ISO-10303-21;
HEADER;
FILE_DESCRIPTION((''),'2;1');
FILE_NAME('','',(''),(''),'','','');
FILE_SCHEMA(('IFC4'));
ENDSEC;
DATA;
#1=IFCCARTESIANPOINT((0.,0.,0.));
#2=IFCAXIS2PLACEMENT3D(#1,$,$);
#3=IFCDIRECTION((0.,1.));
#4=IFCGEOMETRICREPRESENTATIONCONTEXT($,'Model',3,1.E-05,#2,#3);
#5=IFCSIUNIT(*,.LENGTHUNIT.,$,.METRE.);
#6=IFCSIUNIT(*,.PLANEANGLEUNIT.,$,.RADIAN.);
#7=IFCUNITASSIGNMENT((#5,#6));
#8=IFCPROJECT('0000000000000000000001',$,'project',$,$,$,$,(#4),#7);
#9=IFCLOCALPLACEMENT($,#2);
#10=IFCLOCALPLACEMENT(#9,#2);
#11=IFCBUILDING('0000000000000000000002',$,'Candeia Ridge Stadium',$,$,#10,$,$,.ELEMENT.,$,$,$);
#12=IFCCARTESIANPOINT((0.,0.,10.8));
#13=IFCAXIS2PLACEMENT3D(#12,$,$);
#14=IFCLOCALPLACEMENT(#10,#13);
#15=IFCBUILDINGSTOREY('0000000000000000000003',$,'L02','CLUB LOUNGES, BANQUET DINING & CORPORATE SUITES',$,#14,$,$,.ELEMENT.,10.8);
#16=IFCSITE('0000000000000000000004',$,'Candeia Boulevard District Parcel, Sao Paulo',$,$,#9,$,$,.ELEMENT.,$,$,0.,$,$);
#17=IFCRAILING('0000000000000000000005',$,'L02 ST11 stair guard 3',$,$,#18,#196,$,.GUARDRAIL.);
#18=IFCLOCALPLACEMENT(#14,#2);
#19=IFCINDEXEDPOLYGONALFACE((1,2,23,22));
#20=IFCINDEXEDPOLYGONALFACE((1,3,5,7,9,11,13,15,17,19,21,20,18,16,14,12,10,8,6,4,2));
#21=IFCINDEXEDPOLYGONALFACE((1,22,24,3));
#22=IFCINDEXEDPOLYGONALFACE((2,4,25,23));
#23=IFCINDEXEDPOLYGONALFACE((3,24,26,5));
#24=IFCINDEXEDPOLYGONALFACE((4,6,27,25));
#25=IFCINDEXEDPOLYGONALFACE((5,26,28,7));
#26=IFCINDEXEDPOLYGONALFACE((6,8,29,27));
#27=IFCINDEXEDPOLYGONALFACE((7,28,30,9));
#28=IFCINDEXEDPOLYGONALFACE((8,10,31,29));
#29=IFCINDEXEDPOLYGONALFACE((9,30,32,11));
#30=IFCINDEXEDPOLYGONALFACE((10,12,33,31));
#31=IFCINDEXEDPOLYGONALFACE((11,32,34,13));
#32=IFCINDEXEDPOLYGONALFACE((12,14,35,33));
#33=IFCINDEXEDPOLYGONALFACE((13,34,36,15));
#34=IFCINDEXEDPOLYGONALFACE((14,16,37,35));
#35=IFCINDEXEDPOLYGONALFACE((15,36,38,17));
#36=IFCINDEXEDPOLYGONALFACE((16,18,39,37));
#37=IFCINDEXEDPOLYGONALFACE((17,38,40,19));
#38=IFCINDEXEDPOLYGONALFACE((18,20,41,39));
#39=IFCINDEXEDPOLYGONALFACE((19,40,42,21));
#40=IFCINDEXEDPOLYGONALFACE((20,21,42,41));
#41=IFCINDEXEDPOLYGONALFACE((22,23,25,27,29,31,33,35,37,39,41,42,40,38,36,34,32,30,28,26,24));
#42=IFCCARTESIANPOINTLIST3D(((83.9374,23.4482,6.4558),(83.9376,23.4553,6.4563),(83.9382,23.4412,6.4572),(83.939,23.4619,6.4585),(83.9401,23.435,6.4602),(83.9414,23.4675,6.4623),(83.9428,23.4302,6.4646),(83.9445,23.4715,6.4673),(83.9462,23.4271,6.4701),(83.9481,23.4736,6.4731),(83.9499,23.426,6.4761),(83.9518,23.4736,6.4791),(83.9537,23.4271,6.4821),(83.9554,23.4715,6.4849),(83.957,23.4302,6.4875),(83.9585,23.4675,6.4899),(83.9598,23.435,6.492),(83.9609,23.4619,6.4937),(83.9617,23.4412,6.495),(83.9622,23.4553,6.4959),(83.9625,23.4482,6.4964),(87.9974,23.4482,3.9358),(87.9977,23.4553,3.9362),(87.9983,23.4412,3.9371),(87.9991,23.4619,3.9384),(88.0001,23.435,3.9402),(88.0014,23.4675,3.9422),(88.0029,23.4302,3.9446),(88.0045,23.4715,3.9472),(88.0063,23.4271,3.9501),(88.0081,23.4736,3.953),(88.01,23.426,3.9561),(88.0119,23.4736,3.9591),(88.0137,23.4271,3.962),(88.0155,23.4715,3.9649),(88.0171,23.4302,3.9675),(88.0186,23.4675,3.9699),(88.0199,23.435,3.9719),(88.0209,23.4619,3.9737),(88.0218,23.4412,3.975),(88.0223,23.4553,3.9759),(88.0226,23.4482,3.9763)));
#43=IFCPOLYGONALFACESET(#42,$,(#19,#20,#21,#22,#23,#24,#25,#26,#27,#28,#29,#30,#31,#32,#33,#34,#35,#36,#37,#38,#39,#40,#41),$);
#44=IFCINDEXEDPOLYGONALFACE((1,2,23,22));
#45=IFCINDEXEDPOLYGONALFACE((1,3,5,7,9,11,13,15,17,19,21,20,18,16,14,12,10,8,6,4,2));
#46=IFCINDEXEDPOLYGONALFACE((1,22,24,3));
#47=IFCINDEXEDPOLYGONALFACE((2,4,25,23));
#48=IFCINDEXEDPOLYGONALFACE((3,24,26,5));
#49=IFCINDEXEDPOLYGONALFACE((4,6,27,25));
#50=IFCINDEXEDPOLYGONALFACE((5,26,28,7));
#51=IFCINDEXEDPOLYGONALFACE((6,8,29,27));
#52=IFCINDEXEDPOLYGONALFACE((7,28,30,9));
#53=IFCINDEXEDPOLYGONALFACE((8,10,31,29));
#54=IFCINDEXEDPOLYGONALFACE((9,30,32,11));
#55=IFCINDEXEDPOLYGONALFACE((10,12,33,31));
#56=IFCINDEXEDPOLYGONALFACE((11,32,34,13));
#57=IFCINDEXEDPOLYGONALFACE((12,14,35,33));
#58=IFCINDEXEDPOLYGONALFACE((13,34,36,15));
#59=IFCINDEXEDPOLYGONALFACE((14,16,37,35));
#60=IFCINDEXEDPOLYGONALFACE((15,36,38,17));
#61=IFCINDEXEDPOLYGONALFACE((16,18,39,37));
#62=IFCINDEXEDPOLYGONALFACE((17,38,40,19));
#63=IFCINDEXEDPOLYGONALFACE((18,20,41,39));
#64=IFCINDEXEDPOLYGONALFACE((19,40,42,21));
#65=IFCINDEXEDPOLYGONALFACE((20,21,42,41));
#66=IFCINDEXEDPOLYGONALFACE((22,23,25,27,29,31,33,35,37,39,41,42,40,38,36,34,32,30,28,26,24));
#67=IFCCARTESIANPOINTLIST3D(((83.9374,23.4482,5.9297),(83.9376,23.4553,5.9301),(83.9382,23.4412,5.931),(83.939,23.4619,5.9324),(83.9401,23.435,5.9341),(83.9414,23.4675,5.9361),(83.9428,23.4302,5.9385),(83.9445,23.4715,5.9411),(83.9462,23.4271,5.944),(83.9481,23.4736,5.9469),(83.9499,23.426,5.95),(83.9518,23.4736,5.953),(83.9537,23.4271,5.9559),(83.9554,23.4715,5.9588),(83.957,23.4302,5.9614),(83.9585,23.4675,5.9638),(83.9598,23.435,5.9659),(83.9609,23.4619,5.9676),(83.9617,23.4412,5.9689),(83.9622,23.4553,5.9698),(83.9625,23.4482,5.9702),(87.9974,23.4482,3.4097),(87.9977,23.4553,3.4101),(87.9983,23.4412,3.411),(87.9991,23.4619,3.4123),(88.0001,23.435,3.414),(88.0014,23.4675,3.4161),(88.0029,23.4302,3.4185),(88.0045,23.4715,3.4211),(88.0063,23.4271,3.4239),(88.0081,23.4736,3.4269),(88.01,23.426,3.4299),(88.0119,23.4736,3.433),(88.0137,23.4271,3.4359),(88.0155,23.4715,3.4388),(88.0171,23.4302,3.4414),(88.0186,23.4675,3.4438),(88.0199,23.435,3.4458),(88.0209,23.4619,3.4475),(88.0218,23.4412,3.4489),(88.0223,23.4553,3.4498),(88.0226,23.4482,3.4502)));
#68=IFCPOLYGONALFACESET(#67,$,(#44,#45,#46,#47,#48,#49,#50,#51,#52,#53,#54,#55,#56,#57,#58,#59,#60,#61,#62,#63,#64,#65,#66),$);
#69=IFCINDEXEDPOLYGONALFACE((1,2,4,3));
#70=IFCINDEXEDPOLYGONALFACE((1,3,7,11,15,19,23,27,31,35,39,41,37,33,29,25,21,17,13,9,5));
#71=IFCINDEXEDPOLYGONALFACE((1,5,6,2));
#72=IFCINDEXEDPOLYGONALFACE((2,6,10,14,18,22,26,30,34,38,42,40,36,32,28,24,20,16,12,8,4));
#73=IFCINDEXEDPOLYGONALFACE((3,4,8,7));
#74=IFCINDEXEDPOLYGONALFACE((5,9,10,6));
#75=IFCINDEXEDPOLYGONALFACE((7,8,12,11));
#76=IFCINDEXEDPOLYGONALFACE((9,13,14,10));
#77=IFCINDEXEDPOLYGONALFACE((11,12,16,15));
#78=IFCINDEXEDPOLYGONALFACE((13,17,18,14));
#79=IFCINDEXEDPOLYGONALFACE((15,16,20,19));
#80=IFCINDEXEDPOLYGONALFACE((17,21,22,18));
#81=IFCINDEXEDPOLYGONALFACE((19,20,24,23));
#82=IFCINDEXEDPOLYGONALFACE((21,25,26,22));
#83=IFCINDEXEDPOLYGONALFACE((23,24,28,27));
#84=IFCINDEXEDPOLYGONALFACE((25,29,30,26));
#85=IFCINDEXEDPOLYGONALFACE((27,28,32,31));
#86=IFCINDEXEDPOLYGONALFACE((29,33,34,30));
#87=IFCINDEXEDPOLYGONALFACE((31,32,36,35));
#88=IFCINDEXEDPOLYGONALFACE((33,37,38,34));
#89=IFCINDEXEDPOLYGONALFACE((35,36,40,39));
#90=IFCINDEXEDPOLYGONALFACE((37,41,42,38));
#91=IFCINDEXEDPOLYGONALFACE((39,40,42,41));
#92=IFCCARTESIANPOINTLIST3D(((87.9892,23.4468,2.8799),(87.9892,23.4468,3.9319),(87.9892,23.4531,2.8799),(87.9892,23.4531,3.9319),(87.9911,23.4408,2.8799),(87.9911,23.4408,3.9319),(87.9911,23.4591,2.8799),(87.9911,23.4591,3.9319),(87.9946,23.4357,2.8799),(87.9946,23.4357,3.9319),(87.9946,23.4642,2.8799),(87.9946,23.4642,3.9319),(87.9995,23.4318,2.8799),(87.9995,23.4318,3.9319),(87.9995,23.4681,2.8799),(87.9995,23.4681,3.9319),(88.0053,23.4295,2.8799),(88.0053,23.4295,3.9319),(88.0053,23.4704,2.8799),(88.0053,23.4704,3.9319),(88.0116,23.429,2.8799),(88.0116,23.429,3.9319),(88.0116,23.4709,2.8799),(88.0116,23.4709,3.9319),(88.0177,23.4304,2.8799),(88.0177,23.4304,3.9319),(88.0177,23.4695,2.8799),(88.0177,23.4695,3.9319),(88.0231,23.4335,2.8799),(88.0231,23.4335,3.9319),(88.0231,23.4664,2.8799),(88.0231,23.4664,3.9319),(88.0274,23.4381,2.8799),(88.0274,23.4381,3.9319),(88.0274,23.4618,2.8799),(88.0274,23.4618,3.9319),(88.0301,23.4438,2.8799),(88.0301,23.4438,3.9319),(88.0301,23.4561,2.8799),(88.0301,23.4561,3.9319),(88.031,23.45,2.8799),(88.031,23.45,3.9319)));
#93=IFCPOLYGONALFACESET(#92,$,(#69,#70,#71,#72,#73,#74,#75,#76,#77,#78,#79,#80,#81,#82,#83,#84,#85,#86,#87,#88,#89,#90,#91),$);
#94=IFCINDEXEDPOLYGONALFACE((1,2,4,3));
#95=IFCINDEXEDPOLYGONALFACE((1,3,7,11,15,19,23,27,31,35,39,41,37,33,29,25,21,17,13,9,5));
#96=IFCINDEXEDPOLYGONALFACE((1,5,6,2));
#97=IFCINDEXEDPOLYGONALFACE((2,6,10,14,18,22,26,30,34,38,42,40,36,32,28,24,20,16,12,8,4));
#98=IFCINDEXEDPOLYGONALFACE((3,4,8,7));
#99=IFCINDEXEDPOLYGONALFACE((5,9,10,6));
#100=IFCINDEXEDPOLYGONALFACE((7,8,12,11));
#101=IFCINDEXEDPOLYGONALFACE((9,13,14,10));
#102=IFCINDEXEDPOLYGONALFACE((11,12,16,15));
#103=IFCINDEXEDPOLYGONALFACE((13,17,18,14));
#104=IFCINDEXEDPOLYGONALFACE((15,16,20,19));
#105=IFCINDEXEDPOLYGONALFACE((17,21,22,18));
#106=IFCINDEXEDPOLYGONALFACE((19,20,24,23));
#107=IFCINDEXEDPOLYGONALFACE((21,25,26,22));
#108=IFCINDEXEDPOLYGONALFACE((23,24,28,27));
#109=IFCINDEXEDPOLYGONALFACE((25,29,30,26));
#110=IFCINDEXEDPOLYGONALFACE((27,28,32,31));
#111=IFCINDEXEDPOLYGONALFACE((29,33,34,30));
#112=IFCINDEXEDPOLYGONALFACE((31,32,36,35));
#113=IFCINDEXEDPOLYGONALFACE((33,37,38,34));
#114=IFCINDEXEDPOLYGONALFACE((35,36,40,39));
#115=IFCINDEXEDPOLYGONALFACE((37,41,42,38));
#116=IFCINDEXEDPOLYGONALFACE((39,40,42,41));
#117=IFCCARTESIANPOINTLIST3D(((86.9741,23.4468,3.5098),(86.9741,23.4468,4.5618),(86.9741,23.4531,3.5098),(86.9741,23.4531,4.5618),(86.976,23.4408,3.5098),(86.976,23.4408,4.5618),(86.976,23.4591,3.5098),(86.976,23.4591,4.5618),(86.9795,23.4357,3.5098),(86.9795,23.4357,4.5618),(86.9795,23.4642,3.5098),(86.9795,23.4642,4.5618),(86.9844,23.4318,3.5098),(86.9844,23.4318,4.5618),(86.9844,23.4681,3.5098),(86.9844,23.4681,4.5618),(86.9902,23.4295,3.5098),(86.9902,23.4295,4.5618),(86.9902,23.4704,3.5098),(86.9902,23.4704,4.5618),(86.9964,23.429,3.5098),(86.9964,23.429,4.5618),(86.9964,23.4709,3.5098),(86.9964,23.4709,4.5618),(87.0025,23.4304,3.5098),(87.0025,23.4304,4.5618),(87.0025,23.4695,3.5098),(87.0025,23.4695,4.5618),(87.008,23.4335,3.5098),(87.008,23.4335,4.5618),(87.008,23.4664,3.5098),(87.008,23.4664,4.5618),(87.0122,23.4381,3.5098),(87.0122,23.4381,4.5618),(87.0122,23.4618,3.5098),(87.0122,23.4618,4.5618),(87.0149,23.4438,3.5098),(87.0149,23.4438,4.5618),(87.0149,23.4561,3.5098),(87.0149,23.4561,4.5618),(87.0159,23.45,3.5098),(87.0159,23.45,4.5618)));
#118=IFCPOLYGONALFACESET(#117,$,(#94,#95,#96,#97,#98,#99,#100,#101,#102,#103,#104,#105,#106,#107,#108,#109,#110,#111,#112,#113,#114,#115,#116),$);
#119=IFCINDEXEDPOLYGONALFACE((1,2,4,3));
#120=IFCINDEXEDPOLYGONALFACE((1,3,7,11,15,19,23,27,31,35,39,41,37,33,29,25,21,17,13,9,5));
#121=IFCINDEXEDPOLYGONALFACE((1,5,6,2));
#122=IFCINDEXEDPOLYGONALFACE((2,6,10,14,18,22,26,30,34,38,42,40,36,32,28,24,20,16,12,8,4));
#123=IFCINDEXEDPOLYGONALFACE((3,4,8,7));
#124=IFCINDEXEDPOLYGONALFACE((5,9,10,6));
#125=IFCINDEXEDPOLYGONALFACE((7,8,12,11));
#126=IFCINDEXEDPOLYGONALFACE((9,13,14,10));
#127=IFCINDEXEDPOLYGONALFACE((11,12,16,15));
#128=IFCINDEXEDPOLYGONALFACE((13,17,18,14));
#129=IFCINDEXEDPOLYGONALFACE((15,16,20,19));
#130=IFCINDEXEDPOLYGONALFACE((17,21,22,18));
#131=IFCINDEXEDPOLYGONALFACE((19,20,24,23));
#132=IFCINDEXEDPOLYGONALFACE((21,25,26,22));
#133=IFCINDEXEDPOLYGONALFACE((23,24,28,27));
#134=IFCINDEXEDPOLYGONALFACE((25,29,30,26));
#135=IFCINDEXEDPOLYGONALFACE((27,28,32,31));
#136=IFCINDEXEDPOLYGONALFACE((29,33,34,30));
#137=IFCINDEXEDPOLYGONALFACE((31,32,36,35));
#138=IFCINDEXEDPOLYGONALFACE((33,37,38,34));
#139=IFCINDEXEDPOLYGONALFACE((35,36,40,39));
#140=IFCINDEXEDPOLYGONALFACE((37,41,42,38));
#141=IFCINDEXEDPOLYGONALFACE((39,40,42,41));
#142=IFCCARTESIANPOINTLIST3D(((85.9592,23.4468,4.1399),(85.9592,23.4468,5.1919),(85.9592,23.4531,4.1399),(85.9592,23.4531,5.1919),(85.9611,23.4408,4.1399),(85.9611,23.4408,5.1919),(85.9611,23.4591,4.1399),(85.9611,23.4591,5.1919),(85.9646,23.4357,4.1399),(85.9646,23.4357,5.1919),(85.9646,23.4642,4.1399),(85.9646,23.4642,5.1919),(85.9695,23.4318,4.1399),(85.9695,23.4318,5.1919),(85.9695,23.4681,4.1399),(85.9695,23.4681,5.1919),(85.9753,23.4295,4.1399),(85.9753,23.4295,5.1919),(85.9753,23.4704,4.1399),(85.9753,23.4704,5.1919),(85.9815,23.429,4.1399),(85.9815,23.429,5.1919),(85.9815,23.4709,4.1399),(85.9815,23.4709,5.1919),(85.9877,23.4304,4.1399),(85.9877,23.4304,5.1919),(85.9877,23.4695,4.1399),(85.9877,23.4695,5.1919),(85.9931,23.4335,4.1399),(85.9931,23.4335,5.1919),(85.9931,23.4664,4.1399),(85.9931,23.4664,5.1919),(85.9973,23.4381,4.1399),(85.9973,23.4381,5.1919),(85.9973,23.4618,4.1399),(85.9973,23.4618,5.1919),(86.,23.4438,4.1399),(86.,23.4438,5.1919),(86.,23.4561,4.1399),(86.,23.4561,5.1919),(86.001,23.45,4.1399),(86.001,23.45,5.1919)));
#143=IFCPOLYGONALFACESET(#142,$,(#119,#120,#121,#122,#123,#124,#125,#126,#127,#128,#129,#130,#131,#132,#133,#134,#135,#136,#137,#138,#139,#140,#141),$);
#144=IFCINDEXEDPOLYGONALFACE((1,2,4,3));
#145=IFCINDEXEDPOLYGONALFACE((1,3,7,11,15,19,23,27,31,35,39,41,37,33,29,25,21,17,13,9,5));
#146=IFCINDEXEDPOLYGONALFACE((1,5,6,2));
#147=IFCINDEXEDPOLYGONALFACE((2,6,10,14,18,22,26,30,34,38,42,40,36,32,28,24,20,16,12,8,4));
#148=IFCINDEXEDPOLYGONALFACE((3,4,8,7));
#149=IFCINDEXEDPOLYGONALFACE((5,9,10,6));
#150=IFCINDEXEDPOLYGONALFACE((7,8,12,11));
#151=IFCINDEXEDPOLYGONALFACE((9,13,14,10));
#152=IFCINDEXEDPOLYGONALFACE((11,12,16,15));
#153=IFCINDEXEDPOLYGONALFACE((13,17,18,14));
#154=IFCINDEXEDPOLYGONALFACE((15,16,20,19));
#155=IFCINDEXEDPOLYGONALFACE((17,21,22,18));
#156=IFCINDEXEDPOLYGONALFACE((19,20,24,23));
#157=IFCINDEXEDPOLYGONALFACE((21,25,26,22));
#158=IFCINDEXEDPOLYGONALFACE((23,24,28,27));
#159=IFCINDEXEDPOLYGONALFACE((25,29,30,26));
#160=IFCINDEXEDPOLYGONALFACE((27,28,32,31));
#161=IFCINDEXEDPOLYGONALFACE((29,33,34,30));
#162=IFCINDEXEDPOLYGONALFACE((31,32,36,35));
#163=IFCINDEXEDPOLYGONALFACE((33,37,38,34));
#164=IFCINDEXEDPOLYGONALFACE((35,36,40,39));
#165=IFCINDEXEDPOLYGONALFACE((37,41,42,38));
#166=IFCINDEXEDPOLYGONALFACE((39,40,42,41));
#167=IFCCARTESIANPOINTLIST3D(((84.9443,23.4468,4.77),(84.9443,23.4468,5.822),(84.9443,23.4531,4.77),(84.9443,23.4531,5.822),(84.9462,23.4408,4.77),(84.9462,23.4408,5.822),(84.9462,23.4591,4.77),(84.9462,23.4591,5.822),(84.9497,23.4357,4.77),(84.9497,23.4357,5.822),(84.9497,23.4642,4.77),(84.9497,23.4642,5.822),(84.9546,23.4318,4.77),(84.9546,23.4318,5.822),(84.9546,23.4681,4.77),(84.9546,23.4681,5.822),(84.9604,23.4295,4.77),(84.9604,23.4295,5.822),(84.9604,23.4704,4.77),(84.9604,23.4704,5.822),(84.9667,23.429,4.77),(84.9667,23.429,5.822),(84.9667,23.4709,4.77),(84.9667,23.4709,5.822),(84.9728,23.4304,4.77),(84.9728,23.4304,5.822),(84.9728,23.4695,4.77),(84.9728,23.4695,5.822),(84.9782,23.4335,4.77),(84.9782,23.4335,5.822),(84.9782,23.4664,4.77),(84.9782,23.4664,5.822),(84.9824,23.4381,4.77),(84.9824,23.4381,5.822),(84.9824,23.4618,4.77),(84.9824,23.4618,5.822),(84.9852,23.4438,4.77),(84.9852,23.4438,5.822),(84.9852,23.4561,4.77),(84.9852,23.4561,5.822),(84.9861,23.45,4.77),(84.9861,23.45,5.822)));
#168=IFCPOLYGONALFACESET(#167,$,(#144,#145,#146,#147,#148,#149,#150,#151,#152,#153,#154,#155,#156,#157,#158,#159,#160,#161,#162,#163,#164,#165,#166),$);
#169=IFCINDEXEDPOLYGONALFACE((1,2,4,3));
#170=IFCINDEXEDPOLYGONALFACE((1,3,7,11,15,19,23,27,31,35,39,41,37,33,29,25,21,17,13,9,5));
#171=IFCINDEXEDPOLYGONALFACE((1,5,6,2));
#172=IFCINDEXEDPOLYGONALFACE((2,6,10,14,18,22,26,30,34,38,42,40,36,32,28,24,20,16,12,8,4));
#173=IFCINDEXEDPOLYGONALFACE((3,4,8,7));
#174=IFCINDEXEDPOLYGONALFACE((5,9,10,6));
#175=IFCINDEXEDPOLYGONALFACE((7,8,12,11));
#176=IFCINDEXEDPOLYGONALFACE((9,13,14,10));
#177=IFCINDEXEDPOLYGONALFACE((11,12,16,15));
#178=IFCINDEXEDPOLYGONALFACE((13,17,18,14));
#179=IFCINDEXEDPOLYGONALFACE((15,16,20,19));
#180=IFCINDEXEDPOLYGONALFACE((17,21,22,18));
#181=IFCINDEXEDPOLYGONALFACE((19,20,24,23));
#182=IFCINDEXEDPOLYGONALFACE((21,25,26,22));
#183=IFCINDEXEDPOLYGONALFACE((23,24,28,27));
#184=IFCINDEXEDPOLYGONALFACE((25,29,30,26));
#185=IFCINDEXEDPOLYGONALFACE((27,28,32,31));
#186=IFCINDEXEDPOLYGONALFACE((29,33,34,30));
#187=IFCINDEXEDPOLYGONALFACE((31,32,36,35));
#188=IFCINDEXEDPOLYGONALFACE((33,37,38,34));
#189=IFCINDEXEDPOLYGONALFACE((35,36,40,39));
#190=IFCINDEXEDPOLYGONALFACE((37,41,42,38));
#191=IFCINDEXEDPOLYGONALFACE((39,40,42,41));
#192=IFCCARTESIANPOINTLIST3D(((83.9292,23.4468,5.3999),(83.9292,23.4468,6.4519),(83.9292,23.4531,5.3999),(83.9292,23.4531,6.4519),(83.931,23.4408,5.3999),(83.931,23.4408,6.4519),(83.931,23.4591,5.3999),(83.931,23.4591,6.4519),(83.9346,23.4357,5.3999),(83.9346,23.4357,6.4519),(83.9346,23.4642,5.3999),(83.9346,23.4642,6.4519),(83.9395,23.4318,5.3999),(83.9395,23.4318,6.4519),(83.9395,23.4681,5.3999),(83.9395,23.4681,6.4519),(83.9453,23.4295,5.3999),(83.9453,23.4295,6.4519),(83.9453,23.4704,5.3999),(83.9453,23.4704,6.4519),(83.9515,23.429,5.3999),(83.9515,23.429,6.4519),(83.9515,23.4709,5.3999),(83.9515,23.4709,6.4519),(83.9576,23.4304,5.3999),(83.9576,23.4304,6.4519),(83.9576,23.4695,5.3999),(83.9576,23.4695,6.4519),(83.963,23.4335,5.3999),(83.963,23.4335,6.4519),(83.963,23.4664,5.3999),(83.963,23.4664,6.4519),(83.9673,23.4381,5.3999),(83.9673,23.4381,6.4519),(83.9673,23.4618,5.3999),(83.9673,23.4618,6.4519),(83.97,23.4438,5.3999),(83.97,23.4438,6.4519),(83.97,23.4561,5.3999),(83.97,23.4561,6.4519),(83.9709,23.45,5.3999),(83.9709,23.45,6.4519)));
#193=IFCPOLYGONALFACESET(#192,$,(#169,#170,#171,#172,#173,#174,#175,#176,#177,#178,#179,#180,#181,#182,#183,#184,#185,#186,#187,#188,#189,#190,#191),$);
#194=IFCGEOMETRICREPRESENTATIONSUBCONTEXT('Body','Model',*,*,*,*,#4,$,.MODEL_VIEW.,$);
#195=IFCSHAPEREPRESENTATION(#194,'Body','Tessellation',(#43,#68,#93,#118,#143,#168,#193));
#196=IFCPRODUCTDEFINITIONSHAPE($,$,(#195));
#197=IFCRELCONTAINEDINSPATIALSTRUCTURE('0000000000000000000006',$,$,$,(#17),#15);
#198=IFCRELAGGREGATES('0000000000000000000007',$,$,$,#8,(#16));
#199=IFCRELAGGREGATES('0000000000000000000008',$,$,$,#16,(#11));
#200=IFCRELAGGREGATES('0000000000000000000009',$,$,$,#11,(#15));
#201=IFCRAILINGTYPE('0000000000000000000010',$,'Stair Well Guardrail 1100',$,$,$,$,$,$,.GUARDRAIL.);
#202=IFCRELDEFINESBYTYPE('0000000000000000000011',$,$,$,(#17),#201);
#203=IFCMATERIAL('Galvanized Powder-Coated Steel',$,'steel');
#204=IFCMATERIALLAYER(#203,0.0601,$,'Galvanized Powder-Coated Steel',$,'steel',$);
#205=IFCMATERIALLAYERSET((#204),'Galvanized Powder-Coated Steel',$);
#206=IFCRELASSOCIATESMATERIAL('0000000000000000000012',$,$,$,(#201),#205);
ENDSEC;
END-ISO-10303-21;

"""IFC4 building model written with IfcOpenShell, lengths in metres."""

from ifc_helpers import new_model, si_unit, direction, frame, origin, origin_2d, place, context, subcontext, project, spatial, circle, extrude, material, layer, layer_set, type_object, element, save


model = new_model("IFC4")

# Units and contexts
model_context = context("Model", 3, precision=1e-05, world=origin(), true_north=direction((0.0, 1.0)))
body_context = subcontext(model_context, "Body", "Model", "MODEL_VIEW")
ifc_project = project(units=[si_unit("LENGTHUNIT", "METRE"), si_unit("PLANEANGLEUNIT", "RADIAN")], contexts=[model_context])

# Site, building, storey
site_placement = place(None, origin())
site = spatial("IfcSite", under=ifc_project, at=site_placement, Name="Candeia Boulevard District Parcel, Sao Paulo", CompositionType="ELEMENT", RefElevation=0.0)
building_placement = place(site_placement, origin())
building = spatial("IfcBuilding", under=site, at=building_placement, Name="Candeia Ridge Stadium", CompositionType="ELEMENT")
storey_placement = place(building_placement, frame((0.0, 0.0, 10.8)))
storey = spatial("IfcBuildingStorey", under=building, at=storey_placement, Name="L02", Description="CLUB LOUNGES, BANQUET DINING & CORPORATE SUITES", CompositionType="ELEMENT", Elevation=10.8)

# Railing
ifc_material_1 = material(Name="Galvanized Powder-Coated Steel", Category="steel")
ifc_layer_1 = layer(ifc_material_1, 0.0601, Name="Galvanized Powder-Coated Steel", Category="steel")
ifc_layer_set_1 = layer_set([ifc_layer_1], Name="Galvanized Powder-Coated Steel")
railing_type_1 = type_object("IfcRailingType", Name="Stair Well Guardrail 1100", PredefinedType="GUARDRAIL", material=ifc_layer_set_1)
railing_1_placement = place(storey_placement, frame((88.01, 23.45, 2.8799)))
element("IfcRailing", 1, at=railing_1_placement, inside=storey, type_object=railing_type_1, Name="L02 ST11 stair guard 3", PredefinedType="GUARDRAIL", context=body_context, shape_type="SweptSolid", body=[
    extrude(circle(Radius=0.0239, at=origin_2d()), frame((0.0, 0.0, 1.0762), z_axis=(-0.849642, 0.0, 0.52736), x_axis=(0.0, -1.0, 0.0)), (0.0, 0.0, 1.0), 4.7786),
    extrude(circle(Radius=0.0239, at=origin_2d()), frame((0.0, 0.0, 0.55), z_axis=(-0.849642, 0.0, 0.52736), x_axis=(0.0, -1.0, 0.0)), (0.0, 0.0, 1.0), 4.7786),
    extrude(circle(Radius=0.021, at=origin_2d()), origin(), (0.0, 0.0, 1.0), 1.052),
    extrude(circle(Radius=0.021, at=origin_2d()), frame((-1.0151, 0.0, 0.6299)), (0.0, 0.0, 1.0), 1.052),
    extrude(circle(Radius=0.021, at=origin_2d()), frame((-2.03, 0.0, 1.26)), (0.0, 0.0, 1.0), 1.052),
    extrude(circle(Radius=0.021, at=origin_2d()), frame((-3.0449, 0.0, 1.8901)), (0.0, 0.0, 1.0), 1.052),
    extrude(circle(Radius=0.021, at=origin_2d()), frame((-4.0601, 0.0, 2.52)), (0.0, 0.0, 1.0), 1.052),
])

save(model, "model.ifc")
